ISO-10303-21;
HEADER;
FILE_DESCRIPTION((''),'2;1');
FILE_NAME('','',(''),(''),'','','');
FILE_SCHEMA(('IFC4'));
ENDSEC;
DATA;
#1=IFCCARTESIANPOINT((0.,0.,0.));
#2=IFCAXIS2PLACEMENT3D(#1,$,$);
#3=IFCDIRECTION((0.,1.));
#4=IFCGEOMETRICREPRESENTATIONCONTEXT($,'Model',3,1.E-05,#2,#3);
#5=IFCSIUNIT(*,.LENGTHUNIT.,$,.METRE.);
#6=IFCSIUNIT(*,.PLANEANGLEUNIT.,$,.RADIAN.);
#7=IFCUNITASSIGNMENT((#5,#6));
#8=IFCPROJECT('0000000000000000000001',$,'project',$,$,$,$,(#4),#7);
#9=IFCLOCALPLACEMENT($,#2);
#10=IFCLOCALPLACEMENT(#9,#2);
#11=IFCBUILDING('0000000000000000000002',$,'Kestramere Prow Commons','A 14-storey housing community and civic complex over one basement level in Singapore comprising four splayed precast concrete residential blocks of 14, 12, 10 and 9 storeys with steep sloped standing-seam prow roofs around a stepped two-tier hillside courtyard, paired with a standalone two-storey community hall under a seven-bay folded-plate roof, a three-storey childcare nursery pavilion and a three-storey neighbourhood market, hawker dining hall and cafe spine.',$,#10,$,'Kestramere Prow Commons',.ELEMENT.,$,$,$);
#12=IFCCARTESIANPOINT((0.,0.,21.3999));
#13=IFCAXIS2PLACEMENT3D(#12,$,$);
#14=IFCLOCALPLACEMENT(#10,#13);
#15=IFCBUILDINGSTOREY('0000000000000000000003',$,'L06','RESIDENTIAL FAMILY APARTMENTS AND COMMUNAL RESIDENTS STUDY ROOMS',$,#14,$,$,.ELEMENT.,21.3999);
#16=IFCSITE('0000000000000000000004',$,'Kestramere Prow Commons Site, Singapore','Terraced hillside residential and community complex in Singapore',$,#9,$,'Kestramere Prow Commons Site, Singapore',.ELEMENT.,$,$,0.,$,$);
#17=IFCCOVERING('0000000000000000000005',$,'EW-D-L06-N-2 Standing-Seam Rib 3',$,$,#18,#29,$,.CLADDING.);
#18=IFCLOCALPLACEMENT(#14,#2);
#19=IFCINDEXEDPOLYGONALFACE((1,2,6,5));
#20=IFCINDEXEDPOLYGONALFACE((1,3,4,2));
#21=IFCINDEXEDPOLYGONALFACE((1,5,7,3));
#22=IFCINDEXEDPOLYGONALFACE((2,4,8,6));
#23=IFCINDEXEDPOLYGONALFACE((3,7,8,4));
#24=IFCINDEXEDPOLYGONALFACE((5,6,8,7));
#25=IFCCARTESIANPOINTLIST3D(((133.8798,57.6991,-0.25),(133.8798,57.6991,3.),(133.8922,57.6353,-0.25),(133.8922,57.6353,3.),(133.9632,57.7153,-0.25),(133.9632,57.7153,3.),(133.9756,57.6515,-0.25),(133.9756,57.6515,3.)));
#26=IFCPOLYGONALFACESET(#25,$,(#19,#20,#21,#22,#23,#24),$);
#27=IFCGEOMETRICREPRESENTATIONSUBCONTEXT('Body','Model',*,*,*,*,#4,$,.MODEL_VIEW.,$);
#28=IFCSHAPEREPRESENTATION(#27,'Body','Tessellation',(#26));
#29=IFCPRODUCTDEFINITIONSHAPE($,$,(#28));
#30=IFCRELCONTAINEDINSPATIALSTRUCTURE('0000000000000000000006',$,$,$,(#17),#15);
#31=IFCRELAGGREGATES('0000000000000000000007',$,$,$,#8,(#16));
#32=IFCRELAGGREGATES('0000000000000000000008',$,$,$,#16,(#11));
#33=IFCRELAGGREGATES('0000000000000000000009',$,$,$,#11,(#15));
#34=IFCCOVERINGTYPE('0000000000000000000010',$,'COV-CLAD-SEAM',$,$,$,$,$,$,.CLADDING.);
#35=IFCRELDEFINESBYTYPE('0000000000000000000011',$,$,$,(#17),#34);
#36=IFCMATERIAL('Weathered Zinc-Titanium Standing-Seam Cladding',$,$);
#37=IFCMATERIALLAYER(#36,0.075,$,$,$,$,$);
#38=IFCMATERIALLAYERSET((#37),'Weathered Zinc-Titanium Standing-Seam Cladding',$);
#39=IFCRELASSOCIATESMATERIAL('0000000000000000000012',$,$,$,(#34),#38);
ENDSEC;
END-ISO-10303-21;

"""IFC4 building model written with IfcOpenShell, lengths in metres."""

from ifc_helpers import new_model, si_unit, direction, frame, origin, origin_2d, place, context, subcontext, project, spatial, rectangle, extrude, material, layer, layer_set, type_object, element, save


model = new_model("IFC4")

# Units and contexts
model_context = context("Model", 3, precision=1e-05, world=origin(), true_north=direction((0.0, 1.0)))
body_context = subcontext(model_context, "Body", "Model", "MODEL_VIEW")
ifc_project = project(units=[si_unit("LENGTHUNIT", "METRE"), si_unit("PLANEANGLEUNIT", "RADIAN")], contexts=[model_context])

# Site, building, storey
site_placement = place(None, origin())
site = spatial("IfcSite", under=ifc_project, at=site_placement, Name="Kestramere Prow Commons Site, Singapore", Description="Terraced hillside residential and community complex in Singapore", LongName="Kestramere Prow Commons Site, Singapore", CompositionType="ELEMENT", RefElevation=0.0)
building_placement = place(site_placement, origin())
building = spatial("IfcBuilding", under=site, at=building_placement, Name="Kestramere Prow Commons", Description="A 14-storey housing community and civic complex over one basement level in Singapore comprising four splayed precast concrete residential blocks of 14, 12, 10 and 9 storeys with steep sloped standing-seam prow roofs around a stepped two-tier hillside courtyard, paired with a standalone two-storey community hall under a seven-bay folded-plate roof, a three-storey childcare nursery pavilion and a three-storey neighbourhood market, hawker dining hall and cafe spine.", LongName="Kestramere Prow Commons", CompositionType="ELEMENT")
storey_placement = place(building_placement, frame((0.0, 0.0, 21.3999)))
storey = spatial("IfcBuildingStorey", under=building, at=storey_placement, Name="L06", Description="RESIDENTIAL FAMILY APARTMENTS AND COMMUNAL RESIDENTS STUDY ROOMS", CompositionType="ELEMENT", Elevation=21.3999)

# Covering
ifc_material_1 = material(Name="Weathered Zinc-Titanium Standing-Seam Cladding")
ifc_layer_1 = layer(ifc_material_1, 0.075)
ifc_layer_set_1 = layer_set([ifc_layer_1], Name="Weathered Zinc-Titanium Standing-Seam Cladding")
covering_type = type_object("IfcCoveringType", Name="COV-CLAD-SEAM", PredefinedType="CLADDING", material=ifc_layer_set_1)
for number, where, z_axis, x_axis, name in (
    (1, (133.9277, 57.6753, -0.25), (0.0, 0.0, 1.0), (0.981627, 0.190809, 0.0), "EW-D-L06-N-2 Standing-Seam Rib 3"),
):
    element("IfcCovering", number, at=place(storey_placement, frame(where, z_axis=z_axis, x_axis=x_axis)), inside=storey, type_object=covering_type, Name=name, PredefinedType="CLADDING", context=body_context, shape_type="SweptSolid", body=[
        extrude(rectangle(XDim=0.085, YDim=0.0649, at=origin_2d()), origin(), (0.0, 0.0, 1.0), 3.25),
    ])

save(model, "model.ifc")
